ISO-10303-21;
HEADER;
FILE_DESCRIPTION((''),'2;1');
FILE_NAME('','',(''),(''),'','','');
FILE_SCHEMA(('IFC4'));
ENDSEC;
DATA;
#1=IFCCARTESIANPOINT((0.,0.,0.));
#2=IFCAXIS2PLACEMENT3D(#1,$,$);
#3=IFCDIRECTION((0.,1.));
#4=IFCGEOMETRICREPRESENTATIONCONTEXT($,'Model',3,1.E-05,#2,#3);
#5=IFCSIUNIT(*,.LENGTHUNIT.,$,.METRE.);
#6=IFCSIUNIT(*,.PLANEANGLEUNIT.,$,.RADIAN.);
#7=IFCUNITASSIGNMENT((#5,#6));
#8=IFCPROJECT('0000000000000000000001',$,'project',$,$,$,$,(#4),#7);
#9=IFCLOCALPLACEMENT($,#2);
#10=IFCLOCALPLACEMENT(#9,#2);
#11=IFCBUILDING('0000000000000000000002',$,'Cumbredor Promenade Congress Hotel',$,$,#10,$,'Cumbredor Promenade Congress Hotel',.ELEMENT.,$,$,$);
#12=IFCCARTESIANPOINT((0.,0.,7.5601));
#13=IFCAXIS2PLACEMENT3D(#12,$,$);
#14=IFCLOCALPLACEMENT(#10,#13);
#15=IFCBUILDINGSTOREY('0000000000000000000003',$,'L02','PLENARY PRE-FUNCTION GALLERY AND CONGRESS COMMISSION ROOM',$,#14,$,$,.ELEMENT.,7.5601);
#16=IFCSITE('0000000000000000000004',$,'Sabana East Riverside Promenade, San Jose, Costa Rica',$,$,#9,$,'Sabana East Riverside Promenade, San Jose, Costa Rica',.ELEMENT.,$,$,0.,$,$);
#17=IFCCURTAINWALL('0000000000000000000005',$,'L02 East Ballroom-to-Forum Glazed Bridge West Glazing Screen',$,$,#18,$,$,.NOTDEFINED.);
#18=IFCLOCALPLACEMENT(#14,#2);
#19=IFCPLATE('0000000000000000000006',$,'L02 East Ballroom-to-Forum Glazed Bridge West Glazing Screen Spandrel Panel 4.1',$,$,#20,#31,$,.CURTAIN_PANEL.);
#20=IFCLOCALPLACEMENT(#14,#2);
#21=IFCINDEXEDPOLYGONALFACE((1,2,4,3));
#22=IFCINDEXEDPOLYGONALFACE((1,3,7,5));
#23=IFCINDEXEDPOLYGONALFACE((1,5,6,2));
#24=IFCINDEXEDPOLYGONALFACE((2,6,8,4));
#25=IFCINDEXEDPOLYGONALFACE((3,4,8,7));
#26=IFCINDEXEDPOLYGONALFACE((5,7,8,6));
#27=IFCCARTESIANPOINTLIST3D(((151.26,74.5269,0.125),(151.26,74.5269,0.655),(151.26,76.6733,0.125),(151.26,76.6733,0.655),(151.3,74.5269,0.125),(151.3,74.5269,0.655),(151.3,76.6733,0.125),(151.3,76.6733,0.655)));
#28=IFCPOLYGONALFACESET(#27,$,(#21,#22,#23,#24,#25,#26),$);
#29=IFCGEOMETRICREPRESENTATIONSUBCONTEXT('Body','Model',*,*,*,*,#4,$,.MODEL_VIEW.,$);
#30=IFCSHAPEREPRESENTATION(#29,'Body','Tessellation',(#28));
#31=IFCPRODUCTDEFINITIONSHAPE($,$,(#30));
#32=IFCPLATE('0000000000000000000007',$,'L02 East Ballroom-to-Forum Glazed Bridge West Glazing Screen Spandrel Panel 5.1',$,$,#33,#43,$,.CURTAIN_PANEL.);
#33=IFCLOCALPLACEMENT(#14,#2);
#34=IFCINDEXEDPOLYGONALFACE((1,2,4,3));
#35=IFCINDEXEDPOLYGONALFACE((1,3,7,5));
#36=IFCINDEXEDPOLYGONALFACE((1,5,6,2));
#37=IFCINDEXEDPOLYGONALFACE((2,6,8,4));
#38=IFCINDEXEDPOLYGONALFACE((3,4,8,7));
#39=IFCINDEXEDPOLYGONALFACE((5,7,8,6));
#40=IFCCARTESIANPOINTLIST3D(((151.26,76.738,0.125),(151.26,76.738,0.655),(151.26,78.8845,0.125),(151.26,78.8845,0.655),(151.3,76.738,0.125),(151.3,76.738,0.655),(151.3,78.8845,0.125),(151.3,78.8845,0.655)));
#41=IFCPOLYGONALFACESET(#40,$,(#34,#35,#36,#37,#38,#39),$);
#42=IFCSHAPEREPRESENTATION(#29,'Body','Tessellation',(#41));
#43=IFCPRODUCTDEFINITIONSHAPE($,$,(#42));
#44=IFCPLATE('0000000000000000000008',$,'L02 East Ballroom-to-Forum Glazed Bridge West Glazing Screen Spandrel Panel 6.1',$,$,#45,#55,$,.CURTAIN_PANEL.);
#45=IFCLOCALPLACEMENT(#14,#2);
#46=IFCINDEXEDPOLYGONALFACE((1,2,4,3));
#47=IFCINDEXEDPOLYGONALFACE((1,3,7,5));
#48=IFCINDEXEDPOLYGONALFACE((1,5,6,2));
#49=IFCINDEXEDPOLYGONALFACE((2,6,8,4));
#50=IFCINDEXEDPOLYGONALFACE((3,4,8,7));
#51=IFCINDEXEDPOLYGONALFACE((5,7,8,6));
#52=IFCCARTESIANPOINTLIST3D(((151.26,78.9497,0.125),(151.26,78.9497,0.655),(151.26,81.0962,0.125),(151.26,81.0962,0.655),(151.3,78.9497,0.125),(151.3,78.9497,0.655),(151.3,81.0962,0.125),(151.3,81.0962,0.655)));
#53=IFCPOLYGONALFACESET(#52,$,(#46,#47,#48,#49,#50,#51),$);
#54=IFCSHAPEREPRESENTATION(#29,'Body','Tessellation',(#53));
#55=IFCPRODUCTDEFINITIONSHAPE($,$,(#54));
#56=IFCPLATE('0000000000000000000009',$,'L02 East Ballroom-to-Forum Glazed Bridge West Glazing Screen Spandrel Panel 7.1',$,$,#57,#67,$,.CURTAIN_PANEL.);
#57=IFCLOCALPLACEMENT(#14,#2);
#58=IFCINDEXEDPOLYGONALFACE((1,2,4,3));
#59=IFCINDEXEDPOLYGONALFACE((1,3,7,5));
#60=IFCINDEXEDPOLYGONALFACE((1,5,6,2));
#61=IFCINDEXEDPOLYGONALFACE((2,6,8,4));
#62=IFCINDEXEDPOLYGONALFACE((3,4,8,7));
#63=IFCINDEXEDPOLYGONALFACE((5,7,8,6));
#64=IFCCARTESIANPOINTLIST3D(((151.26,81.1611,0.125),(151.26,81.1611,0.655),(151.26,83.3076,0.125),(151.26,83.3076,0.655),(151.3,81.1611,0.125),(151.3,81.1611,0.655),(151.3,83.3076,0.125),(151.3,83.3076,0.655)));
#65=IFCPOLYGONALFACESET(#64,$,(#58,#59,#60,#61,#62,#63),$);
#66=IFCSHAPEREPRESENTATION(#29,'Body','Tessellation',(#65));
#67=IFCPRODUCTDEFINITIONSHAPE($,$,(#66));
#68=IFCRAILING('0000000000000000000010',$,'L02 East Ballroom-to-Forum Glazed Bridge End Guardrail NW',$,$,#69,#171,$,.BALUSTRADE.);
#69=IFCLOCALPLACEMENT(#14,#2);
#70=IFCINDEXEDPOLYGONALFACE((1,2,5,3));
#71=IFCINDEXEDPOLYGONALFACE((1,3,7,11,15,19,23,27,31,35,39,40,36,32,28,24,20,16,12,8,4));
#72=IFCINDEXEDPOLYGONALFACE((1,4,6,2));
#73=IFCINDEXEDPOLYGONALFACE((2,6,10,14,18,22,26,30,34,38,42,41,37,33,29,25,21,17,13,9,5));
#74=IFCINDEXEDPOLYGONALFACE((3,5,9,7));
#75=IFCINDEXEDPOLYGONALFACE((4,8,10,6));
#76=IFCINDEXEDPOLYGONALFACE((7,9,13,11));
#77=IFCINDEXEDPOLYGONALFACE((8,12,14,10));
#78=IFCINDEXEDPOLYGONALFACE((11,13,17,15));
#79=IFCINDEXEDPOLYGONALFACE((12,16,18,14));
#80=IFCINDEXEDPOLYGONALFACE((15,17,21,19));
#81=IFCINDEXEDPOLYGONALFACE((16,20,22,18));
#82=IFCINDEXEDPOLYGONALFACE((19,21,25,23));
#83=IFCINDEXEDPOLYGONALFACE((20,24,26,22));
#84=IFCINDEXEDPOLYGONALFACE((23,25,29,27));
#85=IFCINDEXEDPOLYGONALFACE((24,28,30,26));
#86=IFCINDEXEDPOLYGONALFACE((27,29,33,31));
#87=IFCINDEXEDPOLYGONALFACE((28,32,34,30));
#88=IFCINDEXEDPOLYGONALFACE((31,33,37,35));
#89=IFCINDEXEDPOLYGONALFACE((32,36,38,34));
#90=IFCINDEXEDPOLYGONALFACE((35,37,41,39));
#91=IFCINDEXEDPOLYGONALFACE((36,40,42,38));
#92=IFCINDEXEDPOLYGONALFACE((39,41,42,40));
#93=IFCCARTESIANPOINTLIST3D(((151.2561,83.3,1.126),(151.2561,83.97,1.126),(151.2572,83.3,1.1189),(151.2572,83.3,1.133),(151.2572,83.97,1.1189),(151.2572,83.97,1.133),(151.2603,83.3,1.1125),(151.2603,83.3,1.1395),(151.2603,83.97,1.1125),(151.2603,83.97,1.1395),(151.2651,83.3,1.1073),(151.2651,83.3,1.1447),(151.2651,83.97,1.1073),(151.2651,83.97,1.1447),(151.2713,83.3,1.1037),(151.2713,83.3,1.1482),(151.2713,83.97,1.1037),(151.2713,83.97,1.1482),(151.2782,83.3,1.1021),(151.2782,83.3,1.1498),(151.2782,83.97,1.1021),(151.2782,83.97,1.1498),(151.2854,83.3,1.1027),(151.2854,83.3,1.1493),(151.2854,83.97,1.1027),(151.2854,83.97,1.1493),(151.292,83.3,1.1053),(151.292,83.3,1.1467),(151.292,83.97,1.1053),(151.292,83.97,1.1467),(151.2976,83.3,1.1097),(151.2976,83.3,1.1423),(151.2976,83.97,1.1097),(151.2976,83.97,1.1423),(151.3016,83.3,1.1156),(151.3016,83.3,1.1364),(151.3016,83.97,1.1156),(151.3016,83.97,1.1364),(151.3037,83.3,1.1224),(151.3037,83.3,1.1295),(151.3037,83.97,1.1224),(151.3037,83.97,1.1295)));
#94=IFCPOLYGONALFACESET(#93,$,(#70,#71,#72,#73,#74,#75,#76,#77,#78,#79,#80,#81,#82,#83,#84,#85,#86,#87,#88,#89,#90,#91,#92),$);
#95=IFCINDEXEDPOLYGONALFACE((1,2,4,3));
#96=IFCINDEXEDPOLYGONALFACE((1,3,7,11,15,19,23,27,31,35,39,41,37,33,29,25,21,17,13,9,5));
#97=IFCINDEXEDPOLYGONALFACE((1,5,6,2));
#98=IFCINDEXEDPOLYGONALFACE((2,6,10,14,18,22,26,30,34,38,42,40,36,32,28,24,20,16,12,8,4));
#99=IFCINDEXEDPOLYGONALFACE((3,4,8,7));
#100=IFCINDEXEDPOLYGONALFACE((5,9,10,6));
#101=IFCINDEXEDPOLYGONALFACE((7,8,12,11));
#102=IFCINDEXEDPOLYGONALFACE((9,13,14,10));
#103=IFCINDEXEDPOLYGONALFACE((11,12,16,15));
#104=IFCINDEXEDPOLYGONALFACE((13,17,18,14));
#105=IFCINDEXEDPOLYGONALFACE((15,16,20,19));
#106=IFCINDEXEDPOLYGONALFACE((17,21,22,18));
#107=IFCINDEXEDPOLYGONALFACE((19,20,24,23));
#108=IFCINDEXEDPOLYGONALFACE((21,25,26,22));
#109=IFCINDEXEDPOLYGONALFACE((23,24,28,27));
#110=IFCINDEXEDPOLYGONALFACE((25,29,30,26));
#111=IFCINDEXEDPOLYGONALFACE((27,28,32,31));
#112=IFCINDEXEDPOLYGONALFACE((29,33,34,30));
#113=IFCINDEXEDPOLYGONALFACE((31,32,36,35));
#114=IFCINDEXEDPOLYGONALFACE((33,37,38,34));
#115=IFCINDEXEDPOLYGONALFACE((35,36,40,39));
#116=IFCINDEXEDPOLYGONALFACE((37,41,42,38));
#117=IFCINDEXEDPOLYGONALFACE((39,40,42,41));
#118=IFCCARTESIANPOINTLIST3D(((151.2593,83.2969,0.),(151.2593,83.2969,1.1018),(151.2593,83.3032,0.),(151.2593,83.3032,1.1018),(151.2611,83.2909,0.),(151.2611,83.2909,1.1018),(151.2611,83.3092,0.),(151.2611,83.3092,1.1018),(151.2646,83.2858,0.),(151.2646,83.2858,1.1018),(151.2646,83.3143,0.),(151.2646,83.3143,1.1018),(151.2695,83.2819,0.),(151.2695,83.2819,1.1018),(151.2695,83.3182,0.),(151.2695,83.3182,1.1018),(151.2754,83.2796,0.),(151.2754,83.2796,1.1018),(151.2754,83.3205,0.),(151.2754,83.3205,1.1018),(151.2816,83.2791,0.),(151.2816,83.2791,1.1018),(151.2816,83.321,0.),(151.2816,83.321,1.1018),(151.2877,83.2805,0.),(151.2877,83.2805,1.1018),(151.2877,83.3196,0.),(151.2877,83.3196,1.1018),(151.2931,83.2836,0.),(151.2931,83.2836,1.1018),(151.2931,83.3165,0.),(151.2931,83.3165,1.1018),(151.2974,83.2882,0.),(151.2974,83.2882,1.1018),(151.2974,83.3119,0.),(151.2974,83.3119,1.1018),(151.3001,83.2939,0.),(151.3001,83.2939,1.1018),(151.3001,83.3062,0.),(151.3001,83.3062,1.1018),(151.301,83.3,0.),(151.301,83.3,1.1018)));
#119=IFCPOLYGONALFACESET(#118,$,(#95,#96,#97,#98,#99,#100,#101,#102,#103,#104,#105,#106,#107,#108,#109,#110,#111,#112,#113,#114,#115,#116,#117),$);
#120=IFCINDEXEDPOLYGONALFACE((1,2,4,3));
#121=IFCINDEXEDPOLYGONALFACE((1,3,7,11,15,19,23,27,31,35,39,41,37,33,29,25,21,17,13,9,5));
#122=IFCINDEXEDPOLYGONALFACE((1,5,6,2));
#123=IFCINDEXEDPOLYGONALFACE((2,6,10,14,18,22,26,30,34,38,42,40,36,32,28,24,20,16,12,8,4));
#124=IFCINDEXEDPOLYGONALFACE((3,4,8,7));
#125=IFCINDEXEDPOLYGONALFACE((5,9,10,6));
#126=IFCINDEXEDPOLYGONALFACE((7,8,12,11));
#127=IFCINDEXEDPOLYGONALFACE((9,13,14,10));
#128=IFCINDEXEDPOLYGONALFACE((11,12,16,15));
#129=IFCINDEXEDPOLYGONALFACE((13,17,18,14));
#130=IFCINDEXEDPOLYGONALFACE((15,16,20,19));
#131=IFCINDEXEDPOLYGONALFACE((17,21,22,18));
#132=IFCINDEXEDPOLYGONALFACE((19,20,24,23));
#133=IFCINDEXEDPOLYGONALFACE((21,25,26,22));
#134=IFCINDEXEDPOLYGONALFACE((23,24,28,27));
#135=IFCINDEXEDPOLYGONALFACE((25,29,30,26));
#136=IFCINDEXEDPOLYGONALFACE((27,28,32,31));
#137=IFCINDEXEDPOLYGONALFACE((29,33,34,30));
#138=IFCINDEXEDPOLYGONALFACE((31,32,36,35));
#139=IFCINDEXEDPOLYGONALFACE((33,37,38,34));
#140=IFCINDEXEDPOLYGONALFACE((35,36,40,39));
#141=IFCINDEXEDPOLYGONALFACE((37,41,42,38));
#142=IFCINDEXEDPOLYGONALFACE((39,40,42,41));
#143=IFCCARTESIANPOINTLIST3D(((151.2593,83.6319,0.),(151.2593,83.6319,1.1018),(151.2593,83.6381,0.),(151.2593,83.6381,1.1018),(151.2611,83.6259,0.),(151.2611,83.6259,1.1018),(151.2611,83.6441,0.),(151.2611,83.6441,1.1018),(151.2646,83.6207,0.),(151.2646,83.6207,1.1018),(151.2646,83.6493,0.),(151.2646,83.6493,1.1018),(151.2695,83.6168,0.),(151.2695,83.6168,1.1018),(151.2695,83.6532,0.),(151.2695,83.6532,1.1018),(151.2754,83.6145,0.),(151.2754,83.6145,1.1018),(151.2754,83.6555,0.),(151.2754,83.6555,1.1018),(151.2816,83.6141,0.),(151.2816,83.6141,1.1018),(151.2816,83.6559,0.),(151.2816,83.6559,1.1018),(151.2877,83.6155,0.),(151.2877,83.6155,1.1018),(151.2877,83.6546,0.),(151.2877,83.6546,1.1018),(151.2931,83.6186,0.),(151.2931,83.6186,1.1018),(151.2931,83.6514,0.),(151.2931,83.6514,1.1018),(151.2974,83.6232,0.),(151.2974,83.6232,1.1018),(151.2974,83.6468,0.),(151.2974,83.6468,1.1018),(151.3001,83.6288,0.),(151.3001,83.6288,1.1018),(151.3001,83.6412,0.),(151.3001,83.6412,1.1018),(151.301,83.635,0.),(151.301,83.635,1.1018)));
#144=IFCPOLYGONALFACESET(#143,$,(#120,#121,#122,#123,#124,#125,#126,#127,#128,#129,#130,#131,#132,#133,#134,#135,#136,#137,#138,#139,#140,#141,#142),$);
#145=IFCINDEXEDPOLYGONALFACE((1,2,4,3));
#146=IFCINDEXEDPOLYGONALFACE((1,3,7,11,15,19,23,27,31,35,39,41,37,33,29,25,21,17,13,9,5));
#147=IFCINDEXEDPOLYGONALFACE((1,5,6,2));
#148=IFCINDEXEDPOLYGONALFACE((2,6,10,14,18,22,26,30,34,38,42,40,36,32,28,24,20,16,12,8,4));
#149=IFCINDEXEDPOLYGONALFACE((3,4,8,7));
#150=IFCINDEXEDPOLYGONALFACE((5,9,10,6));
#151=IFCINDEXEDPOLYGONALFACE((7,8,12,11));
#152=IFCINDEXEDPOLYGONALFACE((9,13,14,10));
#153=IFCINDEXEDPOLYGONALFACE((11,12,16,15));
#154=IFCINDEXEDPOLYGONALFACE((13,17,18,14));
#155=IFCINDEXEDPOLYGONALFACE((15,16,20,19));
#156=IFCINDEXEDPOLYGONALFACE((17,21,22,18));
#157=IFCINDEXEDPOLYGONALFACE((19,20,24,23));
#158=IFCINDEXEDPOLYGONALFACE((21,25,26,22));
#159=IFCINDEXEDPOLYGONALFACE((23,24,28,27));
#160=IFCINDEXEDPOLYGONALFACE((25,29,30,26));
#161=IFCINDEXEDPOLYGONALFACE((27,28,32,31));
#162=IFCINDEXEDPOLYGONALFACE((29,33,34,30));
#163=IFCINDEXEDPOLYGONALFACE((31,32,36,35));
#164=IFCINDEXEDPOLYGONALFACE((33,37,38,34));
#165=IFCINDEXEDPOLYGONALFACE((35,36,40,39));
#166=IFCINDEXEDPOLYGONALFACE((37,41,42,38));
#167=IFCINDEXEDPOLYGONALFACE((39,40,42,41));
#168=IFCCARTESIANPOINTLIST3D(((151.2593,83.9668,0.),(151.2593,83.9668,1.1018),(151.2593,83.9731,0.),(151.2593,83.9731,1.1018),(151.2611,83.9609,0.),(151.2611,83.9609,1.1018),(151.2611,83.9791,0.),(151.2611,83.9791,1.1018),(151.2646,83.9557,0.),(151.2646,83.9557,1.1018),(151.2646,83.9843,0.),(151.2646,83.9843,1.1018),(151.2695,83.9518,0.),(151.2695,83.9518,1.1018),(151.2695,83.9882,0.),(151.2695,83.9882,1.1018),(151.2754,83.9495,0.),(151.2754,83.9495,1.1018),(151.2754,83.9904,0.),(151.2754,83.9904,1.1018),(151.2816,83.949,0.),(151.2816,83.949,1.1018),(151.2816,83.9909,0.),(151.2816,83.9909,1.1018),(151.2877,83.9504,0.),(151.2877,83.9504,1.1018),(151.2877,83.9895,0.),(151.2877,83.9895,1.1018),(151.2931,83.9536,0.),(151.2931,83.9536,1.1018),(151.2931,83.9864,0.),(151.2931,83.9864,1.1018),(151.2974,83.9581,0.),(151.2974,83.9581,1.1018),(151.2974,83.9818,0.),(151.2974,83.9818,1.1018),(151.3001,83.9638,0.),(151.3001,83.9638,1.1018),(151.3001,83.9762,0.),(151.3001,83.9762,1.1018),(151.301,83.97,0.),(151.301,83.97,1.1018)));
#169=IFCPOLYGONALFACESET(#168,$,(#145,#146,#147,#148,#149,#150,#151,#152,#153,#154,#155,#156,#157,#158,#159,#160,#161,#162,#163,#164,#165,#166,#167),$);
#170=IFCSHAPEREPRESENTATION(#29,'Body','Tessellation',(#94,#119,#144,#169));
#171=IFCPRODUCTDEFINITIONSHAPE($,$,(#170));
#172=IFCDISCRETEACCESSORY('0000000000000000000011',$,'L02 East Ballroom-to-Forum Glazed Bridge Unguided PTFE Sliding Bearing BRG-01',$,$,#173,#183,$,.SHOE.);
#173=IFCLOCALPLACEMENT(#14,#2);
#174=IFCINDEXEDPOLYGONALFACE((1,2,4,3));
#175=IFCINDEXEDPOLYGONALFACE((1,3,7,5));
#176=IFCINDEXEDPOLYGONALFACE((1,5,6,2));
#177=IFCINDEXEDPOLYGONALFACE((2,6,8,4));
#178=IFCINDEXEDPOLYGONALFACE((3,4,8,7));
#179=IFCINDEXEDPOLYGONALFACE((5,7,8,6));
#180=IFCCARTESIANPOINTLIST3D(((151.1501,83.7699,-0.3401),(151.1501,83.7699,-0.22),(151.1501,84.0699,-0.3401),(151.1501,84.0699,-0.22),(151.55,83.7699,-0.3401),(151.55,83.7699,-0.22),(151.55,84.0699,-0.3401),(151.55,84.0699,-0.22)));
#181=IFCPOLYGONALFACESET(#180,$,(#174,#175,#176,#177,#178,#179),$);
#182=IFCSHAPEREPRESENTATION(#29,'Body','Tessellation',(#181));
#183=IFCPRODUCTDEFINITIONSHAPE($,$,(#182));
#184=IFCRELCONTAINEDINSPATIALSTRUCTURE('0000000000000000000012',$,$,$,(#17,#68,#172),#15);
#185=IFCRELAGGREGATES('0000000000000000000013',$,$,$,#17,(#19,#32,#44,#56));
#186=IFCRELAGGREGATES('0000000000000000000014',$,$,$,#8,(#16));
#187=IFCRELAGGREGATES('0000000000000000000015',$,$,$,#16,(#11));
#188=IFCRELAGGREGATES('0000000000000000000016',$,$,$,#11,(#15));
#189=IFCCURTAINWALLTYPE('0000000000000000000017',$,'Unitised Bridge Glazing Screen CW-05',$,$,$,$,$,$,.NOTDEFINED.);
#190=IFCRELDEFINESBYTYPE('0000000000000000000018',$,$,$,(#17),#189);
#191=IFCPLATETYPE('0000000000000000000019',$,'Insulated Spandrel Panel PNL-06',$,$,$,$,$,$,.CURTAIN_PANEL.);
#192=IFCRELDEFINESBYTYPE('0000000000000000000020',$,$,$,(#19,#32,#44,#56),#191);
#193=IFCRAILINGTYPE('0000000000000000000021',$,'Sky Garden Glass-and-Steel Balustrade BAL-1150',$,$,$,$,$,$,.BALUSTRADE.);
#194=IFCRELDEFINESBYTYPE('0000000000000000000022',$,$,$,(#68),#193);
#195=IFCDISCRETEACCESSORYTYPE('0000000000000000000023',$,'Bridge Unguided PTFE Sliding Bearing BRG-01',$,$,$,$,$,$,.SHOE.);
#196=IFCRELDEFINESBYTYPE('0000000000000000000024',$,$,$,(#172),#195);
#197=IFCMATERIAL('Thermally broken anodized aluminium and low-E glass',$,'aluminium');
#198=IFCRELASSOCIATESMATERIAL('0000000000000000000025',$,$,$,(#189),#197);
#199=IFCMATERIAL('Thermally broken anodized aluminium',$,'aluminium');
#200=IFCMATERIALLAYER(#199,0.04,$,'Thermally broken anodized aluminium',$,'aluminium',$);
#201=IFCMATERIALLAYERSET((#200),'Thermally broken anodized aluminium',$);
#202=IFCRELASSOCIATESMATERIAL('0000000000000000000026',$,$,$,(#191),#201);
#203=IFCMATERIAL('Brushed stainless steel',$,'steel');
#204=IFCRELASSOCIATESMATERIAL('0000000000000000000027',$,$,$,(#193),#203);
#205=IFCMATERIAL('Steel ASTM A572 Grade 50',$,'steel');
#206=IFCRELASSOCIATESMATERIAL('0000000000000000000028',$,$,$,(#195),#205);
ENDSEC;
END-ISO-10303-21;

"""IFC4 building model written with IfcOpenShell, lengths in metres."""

from ifc_helpers import new_model, si_unit, direction, frame, origin, origin_2d, place, context, subcontext, project, spatial, rectangle, circle, extrude, material, layer, layer_set, type_object, element, aggregate, save


model = new_model("IFC4")

# Units and contexts
model_context = context("Model", 3, precision=1e-05, world=origin(), true_north=direction((0.0, 1.0)))
body_context = subcontext(model_context, "Body", "Model", "MODEL_VIEW")
ifc_project = project(units=[si_unit("LENGTHUNIT", "METRE"), si_unit("PLANEANGLEUNIT", "RADIAN")], contexts=[model_context])

# Site, building, storey
site_placement = place(None, origin())
site = spatial("IfcSite", under=ifc_project, at=site_placement, Name="Sabana East Riverside Promenade, San Jose, Costa Rica", LongName="Sabana East Riverside Promenade, San Jose, Costa Rica", CompositionType="ELEMENT", RefElevation=0.0)
building_placement = place(site_placement, origin())
building = spatial("IfcBuilding", under=site, at=building_placement, Name="Cumbredor Promenade Congress Hotel", LongName="Cumbredor Promenade Congress Hotel", CompositionType="ELEMENT")
storey_placement = place(building_placement, frame((0.0, 0.0, 7.5601)))
storey = spatial("IfcBuildingStorey", under=building, at=storey_placement, Name="L02", Description="PLENARY PRE-FUNCTION GALLERY AND CONGRESS COMMISSION ROOM", CompositionType="ELEMENT", Elevation=7.5601)

# Curtain wall
ifc_material_1 = material(Name="Thermally broken anodized aluminium and low-E glass", Category="aluminium")
curtain_wall_type = type_object("IfcCurtainWallType", Name="Unitised Bridge Glazing Screen CW-05", PredefinedType="NOTDEFINED", material=ifc_material_1)
curtain_wall_placement = place(storey_placement, origin())
curtain_wall = element("IfcCurtainWall", 1, at=curtain_wall_placement, inside=storey, type_object=curtain_wall_type, Name="L02 East Ballroom-to-Forum Glazed Bridge West Glazing Screen", PredefinedType="NOTDEFINED")
ifc_material_2 = material(Name="Thermally broken anodized aluminium", Category="aluminium")

# Shared definitions
ifc_material_3 = material(Name="Steel ASTM A572 Grade 50", Category="steel")

# Plates
ifc_layer_1 = layer(ifc_material_2, 0.04, Name="Thermally broken anodized aluminium", Category="aluminium")
ifc_layer_set_1 = layer_set([ifc_layer_1], Name="Thermally broken anodized aluminium")
plate_type_1 = type_object("IfcPlateType", Name="Insulated Spandrel Panel PNL-06", PredefinedType="CURTAIN_PANEL", material=ifc_layer_set_1)
plate_1_placement = place(storey_placement, frame((151.28, 75.6001, 0.125), z_axis=(0.0, 0.0, 1.0), x_axis=(0.0, 1.0, 0.0)))
plate_1 = element("IfcPlate", 2, at=plate_1_placement, type_object=plate_type_1, Name="L02 East Ballroom-to-Forum Glazed Bridge West Glazing Screen Spandrel Panel 4.1", PredefinedType="CURTAIN_PANEL", context=body_context, shape_type="SweptSolid", body=[
    extrude(rectangle(XDim=2.1465, YDim=0.04, at=origin_2d()), origin(), (0.0, 0.0, 1.0), 0.53),
])
plate_2_placement = place(storey_placement, frame((151.28, 77.8113, 0.125), z_axis=(0.0, 0.0, 1.0), x_axis=(0.0, 1.0, 0.0)))
plate_2 = element("IfcPlate", 3, at=plate_2_placement, type_object=plate_type_1, Name="L02 East Ballroom-to-Forum Glazed Bridge West Glazing Screen Spandrel Panel 5.1", PredefinedType="CURTAIN_PANEL", context=body_context, shape_type="SweptSolid", body=[
    extrude(rectangle(XDim=2.1465, YDim=0.04, at=origin_2d()), origin(), (0.0, 0.0, 1.0), 0.53),
])
plate_3_placement = place(storey_placement, frame((151.28, 80.0229, 0.125), z_axis=(0.0, 0.0, 1.0), x_axis=(0.0, 1.0, 0.0)))
plate_3 = element("IfcPlate", 4, at=plate_3_placement, type_object=plate_type_1, Name="L02 East Ballroom-to-Forum Glazed Bridge West Glazing Screen Spandrel Panel 6.1", PredefinedType="CURTAIN_PANEL", context=body_context, shape_type="SweptSolid", body=[
    extrude(rectangle(XDim=2.1465, YDim=0.04, at=origin_2d()), origin(), (0.0, 0.0, 1.0), 0.53),
])
plate_4_placement = place(storey_placement, frame((151.28, 82.2344, 0.125), z_axis=(0.0, 0.0, 1.0), x_axis=(0.0, 1.0, 0.0)))
plate_4 = element("IfcPlate", 5, at=plate_4_placement, type_object=plate_type_1, Name="L02 East Ballroom-to-Forum Glazed Bridge West Glazing Screen Spandrel Panel 7.1", PredefinedType="CURTAIN_PANEL", context=body_context, shape_type="SweptSolid", body=[
    extrude(rectangle(XDim=2.1465, YDim=0.04, at=origin_2d()), origin(), (0.0, 0.0, 1.0), 0.53),
])
aggregate(curtain_wall, [plate_1, plate_2, plate_3, plate_4])

# Railing
ifc_material_4 = material(Name="Brushed stainless steel", Category="steel")
railing_type = type_object("IfcRailingType", Name="Sky Garden Glass-and-Steel Balustrade BAL-1150", PredefinedType="BALUSTRADE", material=ifc_material_4)
railing_placement = place(storey_placement, frame((151.28, 83.3, 0.0)))
element("IfcRailing", 6, at=railing_placement, inside=storey, type_object=railing_type, Name="L02 East Ballroom-to-Forum Glazed Bridge End Guardrail NW", PredefinedType="BALUSTRADE", context=body_context, shape_type="SweptSolid", body=[
    extrude(circle(Radius=0.0239, at=origin_2d()), frame((0.0, 0.0, 1.126), z_axis=(0.0, 1.0, 0.0), x_axis=(-1.0, 0.0, 0.0)), (0.0, 0.0, 1.0), 0.6699),
    extrude(circle(Radius=0.021, at=origin_2d()), origin(), (0.0, 0.0, 1.0), 1.1018),
    extrude(circle(Radius=0.021, at=origin_2d()), frame((0.0, 0.335, 0.0)), (0.0, 0.0, 1.0), 1.1018),
    extrude(circle(Radius=0.021, at=origin_2d()), frame((0.0, 0.6699, 0.0)), (0.0, 0.0, 1.0), 1.1018),
])

# Discrete accessory
discrete_accessory_type = type_object("IfcDiscreteAccessoryType", Name="Bridge Unguided PTFE Sliding Bearing BRG-01", PredefinedType="SHOE", material=ifc_material_3)
discrete_accessory_placement = place(storey_placement, frame((151.3501, 83.9199, -0.3401), z_axis=(0.0, 0.0, 1.0), x_axis=(0.0, 1.0, 0.0)))
element("IfcDiscreteAccessory", 7, at=discrete_accessory_placement, inside=storey, type_object=discrete_accessory_type, Name="L02 East Ballroom-to-Forum Glazed Bridge Unguided PTFE Sliding Bearing BRG-01", PredefinedType="SHOE", context=body_context, shape_type="SweptSolid", body=[
    extrude(rectangle(XDim=0.3, YDim=0.3999, at=origin_2d()), origin(), (0.0, 0.0, 1.0), 0.1201),
])

save(model, "model.ifc")
